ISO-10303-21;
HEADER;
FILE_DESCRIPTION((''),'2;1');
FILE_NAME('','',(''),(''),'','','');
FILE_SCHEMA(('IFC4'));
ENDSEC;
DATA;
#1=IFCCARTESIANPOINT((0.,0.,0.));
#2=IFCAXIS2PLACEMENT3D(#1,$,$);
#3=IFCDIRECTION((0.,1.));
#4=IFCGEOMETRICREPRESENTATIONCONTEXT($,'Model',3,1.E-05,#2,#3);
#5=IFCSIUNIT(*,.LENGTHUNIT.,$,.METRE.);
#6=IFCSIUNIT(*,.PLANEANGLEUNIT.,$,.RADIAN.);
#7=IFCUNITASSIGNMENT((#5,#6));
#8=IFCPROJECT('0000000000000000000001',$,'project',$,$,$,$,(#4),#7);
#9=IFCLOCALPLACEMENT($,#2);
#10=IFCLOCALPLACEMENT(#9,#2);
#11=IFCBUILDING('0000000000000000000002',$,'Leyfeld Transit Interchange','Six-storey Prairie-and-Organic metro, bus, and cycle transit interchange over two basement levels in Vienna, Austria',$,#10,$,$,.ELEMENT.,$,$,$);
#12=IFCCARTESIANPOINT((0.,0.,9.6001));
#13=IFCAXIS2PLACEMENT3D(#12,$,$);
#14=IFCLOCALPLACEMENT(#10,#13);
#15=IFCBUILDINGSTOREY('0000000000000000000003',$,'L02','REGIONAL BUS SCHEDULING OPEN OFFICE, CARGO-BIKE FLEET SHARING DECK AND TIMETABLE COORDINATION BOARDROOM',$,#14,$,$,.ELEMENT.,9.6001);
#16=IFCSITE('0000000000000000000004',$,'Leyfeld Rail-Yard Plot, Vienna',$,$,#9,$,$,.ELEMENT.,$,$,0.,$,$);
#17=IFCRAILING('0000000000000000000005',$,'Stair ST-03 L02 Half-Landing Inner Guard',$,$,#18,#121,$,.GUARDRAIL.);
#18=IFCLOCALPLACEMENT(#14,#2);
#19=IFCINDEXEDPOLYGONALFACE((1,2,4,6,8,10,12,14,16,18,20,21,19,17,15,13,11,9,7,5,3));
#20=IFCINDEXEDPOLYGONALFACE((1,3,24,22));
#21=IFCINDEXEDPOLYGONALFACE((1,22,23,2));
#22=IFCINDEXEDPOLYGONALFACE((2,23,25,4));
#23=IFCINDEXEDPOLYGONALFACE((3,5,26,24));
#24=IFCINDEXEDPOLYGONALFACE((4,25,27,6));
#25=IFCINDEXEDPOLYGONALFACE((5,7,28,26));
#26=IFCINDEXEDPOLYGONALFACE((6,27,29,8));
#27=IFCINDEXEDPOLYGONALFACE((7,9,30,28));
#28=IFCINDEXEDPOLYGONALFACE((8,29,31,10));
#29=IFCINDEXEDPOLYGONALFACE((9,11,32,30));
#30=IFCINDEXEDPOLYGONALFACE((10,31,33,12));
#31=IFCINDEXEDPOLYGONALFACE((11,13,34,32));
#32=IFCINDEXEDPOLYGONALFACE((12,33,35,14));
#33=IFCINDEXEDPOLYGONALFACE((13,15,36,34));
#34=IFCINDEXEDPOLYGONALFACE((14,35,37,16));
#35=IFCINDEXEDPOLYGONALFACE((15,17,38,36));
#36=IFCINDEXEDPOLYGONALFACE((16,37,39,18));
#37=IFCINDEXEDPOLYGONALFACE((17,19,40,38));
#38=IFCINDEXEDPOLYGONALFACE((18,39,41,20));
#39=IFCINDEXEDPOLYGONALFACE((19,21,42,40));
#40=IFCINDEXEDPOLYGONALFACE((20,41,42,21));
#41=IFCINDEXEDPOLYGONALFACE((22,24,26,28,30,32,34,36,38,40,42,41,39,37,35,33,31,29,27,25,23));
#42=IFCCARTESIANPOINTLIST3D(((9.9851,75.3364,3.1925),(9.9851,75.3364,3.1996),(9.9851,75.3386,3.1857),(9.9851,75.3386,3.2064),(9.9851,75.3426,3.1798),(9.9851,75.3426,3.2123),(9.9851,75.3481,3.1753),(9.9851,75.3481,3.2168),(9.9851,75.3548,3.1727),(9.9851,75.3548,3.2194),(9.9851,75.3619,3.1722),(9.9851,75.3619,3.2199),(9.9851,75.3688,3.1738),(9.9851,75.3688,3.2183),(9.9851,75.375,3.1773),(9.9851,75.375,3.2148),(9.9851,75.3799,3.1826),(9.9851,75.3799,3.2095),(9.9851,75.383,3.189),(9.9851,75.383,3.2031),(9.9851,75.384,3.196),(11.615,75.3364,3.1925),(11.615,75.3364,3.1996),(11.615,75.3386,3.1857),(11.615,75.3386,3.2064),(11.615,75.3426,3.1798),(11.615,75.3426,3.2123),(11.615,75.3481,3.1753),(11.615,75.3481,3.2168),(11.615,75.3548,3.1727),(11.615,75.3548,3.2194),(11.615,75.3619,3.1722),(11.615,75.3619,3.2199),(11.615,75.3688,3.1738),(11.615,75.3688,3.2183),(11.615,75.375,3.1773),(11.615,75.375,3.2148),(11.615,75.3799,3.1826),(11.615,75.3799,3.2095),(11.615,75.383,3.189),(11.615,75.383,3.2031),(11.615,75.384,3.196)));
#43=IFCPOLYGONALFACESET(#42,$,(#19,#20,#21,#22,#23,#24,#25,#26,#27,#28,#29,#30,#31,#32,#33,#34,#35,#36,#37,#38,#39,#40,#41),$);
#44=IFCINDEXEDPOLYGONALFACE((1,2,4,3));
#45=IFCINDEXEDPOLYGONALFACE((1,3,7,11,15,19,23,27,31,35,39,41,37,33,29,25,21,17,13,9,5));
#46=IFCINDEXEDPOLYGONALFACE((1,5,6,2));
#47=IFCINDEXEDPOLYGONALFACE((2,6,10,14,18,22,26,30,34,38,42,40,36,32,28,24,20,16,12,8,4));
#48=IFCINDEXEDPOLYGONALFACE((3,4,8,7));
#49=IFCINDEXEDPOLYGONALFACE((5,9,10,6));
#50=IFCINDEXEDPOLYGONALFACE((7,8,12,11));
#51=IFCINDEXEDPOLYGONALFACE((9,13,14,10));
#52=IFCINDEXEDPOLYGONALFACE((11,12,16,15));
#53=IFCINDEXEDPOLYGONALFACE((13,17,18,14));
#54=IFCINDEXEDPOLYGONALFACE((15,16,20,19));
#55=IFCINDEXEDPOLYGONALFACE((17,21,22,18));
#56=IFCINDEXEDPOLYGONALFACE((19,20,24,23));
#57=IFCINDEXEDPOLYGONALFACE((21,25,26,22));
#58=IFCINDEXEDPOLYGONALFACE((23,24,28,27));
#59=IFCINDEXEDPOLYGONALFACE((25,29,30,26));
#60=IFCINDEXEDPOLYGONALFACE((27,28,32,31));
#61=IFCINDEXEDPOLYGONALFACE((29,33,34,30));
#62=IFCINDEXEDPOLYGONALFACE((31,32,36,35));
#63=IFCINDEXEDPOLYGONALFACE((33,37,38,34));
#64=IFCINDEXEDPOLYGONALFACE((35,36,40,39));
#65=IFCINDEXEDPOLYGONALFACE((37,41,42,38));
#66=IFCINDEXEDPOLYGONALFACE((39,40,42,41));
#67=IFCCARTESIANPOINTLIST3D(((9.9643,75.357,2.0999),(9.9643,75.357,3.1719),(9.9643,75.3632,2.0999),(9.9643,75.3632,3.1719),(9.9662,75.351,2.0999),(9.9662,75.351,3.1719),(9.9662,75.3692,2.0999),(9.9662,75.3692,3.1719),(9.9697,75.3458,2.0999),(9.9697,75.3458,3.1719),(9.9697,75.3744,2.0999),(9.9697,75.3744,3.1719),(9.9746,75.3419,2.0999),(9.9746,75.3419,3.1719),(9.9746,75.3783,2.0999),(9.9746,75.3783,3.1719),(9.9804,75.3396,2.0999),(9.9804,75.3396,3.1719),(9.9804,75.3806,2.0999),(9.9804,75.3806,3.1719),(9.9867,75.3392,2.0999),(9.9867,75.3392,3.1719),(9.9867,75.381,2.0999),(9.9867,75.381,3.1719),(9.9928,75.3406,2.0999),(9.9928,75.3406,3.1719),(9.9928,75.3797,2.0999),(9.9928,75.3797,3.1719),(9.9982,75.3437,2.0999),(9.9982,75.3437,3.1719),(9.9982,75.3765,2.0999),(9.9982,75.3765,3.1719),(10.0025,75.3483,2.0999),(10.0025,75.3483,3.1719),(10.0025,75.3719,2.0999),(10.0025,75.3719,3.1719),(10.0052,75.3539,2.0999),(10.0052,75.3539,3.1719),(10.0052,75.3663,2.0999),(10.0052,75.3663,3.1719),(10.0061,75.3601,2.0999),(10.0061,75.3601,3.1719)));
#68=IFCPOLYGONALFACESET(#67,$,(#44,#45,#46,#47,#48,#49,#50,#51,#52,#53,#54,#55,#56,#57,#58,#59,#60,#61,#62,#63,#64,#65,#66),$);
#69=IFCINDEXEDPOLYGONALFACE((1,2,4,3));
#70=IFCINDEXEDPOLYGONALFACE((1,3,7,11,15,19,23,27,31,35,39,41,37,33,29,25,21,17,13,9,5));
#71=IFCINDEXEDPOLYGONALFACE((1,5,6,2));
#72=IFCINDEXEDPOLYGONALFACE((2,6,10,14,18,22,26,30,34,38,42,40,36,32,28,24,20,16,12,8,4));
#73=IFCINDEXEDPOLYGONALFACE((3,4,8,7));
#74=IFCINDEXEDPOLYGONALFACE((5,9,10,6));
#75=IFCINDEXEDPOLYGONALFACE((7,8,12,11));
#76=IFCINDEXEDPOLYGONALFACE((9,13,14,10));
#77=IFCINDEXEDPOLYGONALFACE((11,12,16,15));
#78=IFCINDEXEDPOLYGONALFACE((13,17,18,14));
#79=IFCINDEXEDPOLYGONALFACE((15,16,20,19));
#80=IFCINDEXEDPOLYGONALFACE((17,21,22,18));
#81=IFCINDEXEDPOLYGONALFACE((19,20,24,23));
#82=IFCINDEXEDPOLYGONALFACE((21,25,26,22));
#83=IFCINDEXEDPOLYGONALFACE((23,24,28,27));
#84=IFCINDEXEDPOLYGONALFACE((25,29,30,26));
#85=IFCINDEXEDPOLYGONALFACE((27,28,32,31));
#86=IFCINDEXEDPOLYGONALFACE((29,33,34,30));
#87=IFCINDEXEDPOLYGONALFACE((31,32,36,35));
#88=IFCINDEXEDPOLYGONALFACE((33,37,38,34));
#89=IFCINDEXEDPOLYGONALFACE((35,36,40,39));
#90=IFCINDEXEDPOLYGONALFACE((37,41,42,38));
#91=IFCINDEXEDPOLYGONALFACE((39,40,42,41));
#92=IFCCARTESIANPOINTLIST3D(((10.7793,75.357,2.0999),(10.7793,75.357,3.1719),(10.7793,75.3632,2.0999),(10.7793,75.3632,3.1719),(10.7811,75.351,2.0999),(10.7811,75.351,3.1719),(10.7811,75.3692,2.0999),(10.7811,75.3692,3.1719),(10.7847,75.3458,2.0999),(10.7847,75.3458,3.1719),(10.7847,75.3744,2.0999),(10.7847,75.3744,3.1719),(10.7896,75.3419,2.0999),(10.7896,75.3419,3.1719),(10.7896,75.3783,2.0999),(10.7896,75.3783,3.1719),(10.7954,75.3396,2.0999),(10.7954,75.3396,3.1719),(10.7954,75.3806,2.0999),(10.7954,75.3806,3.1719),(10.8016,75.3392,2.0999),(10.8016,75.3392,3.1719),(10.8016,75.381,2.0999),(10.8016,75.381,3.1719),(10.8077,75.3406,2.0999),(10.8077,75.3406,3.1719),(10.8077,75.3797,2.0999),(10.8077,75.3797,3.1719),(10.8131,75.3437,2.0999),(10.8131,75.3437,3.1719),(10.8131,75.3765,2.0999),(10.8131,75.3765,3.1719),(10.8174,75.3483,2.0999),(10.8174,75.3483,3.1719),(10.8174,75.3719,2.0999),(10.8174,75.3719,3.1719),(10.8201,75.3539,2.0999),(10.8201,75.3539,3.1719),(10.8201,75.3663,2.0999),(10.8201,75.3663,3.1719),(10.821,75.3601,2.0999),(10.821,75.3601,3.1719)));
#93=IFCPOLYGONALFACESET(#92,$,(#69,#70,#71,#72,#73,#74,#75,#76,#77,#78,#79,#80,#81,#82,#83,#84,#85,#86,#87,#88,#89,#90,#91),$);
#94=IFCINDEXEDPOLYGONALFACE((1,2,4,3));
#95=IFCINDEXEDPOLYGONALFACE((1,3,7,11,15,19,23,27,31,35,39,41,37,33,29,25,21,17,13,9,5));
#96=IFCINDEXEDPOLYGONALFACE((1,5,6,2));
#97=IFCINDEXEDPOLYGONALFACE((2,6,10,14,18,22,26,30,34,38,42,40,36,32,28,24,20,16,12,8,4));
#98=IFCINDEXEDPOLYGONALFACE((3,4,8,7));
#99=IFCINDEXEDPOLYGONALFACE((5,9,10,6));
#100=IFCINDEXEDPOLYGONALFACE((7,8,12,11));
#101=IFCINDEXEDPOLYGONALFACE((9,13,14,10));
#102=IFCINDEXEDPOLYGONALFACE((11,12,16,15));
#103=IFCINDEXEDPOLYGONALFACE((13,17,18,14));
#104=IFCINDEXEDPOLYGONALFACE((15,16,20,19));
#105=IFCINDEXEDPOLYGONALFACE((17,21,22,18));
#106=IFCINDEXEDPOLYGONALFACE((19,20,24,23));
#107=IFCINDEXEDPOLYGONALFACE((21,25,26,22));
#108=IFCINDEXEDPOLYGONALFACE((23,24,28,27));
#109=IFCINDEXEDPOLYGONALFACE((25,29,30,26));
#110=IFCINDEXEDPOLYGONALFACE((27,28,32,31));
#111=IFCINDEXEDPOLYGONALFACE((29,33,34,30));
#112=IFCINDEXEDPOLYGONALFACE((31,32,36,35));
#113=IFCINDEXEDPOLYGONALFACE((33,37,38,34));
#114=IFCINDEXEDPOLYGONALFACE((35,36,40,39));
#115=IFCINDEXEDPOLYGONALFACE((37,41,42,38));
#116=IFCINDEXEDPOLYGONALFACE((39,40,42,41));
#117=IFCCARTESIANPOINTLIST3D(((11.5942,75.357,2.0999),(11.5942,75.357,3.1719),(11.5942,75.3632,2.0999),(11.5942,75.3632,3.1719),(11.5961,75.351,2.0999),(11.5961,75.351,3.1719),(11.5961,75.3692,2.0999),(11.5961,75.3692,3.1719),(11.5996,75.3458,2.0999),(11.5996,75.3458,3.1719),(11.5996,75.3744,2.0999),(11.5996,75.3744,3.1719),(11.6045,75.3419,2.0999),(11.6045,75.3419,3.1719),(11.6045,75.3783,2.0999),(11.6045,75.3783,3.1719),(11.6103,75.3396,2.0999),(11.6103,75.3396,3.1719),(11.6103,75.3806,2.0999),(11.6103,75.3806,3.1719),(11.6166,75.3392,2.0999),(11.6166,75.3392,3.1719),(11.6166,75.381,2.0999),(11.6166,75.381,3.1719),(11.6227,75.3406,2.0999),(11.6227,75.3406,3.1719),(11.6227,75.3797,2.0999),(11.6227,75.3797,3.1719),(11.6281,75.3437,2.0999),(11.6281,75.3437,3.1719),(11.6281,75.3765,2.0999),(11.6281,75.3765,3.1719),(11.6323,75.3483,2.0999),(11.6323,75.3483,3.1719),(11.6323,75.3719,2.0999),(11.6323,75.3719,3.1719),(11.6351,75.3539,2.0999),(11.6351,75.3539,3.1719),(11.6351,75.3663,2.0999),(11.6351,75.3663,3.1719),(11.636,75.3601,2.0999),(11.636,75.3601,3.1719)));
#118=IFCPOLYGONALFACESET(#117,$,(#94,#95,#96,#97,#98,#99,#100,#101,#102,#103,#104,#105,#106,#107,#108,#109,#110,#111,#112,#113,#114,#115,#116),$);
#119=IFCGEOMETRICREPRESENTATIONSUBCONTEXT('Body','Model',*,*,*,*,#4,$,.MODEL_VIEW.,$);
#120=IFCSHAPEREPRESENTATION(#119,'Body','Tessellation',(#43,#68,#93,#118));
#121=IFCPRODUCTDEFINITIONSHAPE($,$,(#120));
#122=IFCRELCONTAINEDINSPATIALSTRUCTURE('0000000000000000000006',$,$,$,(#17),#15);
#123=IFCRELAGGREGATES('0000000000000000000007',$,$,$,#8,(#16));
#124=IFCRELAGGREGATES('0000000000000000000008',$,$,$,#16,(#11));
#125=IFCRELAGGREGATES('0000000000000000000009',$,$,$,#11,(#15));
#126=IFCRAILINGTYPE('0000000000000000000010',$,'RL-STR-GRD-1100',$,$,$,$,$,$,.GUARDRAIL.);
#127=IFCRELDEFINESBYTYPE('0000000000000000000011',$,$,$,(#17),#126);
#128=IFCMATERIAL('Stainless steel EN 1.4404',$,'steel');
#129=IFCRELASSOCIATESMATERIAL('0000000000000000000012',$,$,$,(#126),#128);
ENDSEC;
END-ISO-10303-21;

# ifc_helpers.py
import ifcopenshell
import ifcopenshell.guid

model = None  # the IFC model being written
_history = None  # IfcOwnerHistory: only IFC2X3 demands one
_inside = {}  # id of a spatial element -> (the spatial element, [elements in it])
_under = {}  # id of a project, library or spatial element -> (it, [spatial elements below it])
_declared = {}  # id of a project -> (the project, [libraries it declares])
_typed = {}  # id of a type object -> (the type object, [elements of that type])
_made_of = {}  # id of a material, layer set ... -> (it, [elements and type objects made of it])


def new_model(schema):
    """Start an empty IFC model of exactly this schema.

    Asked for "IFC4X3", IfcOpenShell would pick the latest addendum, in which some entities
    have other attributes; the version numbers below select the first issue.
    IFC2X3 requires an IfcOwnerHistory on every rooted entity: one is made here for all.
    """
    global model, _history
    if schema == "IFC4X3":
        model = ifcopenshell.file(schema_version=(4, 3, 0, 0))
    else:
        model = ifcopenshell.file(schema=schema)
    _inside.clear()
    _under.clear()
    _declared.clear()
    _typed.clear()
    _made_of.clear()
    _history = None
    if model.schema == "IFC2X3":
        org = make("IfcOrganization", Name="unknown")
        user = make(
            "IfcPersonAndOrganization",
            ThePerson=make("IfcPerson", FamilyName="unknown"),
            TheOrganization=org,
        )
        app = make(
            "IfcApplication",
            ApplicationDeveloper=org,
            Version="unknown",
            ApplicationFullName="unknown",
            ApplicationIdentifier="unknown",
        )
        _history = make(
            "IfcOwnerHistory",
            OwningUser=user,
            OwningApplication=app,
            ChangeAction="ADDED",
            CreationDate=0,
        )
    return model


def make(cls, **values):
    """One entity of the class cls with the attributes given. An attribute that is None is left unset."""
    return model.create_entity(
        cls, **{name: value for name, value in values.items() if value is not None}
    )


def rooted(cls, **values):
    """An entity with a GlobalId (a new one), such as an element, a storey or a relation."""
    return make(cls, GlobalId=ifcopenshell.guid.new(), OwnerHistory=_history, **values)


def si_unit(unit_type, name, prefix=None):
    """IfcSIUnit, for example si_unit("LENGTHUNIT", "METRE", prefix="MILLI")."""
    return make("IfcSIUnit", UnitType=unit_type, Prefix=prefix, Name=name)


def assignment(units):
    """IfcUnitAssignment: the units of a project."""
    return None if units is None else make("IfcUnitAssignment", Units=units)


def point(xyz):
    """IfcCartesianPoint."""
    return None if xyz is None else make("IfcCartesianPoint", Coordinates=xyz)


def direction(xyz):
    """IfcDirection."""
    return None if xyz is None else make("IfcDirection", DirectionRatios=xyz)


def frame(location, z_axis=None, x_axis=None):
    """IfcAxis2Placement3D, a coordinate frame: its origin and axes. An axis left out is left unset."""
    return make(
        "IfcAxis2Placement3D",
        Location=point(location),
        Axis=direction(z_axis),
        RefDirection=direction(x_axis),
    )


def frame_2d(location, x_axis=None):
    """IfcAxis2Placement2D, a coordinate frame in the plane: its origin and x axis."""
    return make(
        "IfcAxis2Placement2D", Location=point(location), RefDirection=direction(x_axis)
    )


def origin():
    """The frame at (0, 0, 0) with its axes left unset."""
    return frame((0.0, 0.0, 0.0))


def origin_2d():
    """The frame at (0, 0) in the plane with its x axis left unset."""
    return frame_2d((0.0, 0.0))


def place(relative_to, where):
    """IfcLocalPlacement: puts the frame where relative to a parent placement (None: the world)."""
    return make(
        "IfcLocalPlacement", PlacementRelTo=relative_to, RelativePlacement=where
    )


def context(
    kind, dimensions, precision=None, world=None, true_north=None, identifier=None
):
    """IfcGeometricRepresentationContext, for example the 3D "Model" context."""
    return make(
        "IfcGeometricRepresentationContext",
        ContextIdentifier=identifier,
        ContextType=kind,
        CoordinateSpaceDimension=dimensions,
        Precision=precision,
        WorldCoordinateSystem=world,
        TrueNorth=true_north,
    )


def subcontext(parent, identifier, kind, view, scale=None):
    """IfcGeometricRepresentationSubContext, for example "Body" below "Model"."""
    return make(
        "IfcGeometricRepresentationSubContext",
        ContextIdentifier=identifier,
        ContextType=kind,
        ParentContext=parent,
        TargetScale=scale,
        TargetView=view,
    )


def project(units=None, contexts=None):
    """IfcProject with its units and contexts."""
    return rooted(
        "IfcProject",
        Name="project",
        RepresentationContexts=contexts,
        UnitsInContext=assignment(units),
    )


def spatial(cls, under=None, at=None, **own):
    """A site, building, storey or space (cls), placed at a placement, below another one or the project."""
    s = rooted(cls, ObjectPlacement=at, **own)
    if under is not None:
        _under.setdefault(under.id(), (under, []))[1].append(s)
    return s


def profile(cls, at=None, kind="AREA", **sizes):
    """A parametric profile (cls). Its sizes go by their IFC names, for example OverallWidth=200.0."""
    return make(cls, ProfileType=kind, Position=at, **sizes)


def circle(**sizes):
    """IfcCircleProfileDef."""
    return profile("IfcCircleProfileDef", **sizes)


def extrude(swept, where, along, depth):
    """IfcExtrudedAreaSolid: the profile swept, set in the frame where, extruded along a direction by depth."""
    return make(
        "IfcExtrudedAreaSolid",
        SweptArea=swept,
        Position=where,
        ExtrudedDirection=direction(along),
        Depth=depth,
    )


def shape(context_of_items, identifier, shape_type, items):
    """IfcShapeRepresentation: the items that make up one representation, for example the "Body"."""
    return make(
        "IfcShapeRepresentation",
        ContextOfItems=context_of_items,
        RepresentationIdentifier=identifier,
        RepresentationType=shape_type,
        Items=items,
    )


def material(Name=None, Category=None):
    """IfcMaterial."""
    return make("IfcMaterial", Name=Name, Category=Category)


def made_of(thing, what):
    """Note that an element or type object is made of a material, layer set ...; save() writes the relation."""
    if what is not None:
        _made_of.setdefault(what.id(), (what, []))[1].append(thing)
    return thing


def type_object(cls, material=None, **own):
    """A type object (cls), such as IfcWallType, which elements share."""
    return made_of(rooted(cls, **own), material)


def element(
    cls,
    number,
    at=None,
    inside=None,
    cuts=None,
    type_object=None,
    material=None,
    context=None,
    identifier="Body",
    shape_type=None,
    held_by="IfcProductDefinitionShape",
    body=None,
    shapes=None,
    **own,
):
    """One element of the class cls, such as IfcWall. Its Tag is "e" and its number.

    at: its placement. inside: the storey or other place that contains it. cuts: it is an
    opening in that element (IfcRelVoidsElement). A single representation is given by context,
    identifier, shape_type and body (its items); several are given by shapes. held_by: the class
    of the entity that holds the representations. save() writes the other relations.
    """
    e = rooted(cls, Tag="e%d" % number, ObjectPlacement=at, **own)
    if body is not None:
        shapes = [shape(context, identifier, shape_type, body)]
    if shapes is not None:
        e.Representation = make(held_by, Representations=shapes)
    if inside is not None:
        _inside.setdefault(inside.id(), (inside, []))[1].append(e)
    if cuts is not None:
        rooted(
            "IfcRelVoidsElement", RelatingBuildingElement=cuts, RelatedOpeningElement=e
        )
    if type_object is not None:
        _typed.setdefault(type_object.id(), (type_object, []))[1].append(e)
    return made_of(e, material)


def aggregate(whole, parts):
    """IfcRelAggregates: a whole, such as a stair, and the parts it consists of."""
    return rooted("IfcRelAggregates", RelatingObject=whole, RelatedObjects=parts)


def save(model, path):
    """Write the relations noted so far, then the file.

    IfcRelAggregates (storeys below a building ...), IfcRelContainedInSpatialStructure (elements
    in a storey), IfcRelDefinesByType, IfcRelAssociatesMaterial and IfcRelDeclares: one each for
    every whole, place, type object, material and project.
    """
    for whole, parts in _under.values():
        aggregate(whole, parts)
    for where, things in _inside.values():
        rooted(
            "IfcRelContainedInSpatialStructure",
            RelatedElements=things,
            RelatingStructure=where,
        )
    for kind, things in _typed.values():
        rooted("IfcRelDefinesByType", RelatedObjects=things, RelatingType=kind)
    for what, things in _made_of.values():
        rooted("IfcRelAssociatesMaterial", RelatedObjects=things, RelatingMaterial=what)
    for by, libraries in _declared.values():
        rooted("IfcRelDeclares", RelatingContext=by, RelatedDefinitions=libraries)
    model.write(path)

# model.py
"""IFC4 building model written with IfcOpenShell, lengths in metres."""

from ifc_helpers import new_model, si_unit, direction, frame, origin, origin_2d, place, context, subcontext, project, spatial, circle, extrude, material, type_object, element, save


model = new_model("IFC4")

# Units and contexts
model_context = context("Model", 3, precision=1e-05, world=origin(), true_north=direction((0.0, 1.0)))
body_context = subcontext(model_context, "Body", "Model", "MODEL_VIEW")
ifc_project = project(units=[si_unit("LENGTHUNIT", "METRE"), si_unit("PLANEANGLEUNIT", "RADIAN")], contexts=[model_context])

# Site, building, storey
site_placement = place(None, origin())
site = spatial("IfcSite", under=ifc_project, at=site_placement, Name="Leyfeld Rail-Yard Plot, Vienna", CompositionType="ELEMENT", RefElevation=0.0)
building_placement = place(site_placement, origin())
building = spatial("IfcBuilding", under=site, at=building_placement, Name="Leyfeld Transit Interchange", Description="Six-storey Prairie-and-Organic metro, bus, and cycle transit interchange over two basement levels in Vienna, Austria", CompositionType="ELEMENT")
storey_placement = place(building_placement, frame((0.0, 0.0, 9.6001)))
storey = spatial("IfcBuildingStorey", under=building, at=storey_placement, Name="L02", Description="REGIONAL BUS SCHEDULING OPEN OFFICE, CARGO-BIKE FLEET SHARING DECK AND TIMETABLE COORDINATION BOARDROOM", CompositionType="ELEMENT", Elevation=9.6001)

# Railing
ifc_material_1 = material(Name="Stainless steel EN 1.4404", Category="steel")
railing_type_1 = type_object("IfcRailingType", Name="RL-STR-GRD-1100", PredefinedType="GUARDRAIL", material=ifc_material_1)
railing_1_placement = place(storey_placement, frame((9.9851, 75.3601, 2.0999)))
element("IfcRailing", 1, at=railing_1_placement, inside=storey, type_object=railing_type_1, Name="Stair ST-03 L02 Half-Landing Inner Guard", PredefinedType="GUARDRAIL", context=body_context, shape_type="SweptSolid", body=[
    extrude(circle(Radius=0.0239, at=origin_2d()), frame((0.0, 0.0, 1.0962), z_axis=(1.0, 0.0, 0.0), x_axis=(0.0, 1.0, 0.0)), (0.0, 0.0, 1.0), 1.6299),
    extrude(circle(Radius=0.021, at=origin_2d()), origin(), (0.0, 0.0, 1.0), 1.072),
    extrude(circle(Radius=0.021, at=origin_2d()), frame((0.8149, 0.0, 0.0)), (0.0, 0.0, 1.0), 1.072),
    extrude(circle(Radius=0.021, at=origin_2d()), frame((1.6299, 0.0, 0.0)), (0.0, 0.0, 1.0), 1.072),
])

save(model, "model.ifc")
